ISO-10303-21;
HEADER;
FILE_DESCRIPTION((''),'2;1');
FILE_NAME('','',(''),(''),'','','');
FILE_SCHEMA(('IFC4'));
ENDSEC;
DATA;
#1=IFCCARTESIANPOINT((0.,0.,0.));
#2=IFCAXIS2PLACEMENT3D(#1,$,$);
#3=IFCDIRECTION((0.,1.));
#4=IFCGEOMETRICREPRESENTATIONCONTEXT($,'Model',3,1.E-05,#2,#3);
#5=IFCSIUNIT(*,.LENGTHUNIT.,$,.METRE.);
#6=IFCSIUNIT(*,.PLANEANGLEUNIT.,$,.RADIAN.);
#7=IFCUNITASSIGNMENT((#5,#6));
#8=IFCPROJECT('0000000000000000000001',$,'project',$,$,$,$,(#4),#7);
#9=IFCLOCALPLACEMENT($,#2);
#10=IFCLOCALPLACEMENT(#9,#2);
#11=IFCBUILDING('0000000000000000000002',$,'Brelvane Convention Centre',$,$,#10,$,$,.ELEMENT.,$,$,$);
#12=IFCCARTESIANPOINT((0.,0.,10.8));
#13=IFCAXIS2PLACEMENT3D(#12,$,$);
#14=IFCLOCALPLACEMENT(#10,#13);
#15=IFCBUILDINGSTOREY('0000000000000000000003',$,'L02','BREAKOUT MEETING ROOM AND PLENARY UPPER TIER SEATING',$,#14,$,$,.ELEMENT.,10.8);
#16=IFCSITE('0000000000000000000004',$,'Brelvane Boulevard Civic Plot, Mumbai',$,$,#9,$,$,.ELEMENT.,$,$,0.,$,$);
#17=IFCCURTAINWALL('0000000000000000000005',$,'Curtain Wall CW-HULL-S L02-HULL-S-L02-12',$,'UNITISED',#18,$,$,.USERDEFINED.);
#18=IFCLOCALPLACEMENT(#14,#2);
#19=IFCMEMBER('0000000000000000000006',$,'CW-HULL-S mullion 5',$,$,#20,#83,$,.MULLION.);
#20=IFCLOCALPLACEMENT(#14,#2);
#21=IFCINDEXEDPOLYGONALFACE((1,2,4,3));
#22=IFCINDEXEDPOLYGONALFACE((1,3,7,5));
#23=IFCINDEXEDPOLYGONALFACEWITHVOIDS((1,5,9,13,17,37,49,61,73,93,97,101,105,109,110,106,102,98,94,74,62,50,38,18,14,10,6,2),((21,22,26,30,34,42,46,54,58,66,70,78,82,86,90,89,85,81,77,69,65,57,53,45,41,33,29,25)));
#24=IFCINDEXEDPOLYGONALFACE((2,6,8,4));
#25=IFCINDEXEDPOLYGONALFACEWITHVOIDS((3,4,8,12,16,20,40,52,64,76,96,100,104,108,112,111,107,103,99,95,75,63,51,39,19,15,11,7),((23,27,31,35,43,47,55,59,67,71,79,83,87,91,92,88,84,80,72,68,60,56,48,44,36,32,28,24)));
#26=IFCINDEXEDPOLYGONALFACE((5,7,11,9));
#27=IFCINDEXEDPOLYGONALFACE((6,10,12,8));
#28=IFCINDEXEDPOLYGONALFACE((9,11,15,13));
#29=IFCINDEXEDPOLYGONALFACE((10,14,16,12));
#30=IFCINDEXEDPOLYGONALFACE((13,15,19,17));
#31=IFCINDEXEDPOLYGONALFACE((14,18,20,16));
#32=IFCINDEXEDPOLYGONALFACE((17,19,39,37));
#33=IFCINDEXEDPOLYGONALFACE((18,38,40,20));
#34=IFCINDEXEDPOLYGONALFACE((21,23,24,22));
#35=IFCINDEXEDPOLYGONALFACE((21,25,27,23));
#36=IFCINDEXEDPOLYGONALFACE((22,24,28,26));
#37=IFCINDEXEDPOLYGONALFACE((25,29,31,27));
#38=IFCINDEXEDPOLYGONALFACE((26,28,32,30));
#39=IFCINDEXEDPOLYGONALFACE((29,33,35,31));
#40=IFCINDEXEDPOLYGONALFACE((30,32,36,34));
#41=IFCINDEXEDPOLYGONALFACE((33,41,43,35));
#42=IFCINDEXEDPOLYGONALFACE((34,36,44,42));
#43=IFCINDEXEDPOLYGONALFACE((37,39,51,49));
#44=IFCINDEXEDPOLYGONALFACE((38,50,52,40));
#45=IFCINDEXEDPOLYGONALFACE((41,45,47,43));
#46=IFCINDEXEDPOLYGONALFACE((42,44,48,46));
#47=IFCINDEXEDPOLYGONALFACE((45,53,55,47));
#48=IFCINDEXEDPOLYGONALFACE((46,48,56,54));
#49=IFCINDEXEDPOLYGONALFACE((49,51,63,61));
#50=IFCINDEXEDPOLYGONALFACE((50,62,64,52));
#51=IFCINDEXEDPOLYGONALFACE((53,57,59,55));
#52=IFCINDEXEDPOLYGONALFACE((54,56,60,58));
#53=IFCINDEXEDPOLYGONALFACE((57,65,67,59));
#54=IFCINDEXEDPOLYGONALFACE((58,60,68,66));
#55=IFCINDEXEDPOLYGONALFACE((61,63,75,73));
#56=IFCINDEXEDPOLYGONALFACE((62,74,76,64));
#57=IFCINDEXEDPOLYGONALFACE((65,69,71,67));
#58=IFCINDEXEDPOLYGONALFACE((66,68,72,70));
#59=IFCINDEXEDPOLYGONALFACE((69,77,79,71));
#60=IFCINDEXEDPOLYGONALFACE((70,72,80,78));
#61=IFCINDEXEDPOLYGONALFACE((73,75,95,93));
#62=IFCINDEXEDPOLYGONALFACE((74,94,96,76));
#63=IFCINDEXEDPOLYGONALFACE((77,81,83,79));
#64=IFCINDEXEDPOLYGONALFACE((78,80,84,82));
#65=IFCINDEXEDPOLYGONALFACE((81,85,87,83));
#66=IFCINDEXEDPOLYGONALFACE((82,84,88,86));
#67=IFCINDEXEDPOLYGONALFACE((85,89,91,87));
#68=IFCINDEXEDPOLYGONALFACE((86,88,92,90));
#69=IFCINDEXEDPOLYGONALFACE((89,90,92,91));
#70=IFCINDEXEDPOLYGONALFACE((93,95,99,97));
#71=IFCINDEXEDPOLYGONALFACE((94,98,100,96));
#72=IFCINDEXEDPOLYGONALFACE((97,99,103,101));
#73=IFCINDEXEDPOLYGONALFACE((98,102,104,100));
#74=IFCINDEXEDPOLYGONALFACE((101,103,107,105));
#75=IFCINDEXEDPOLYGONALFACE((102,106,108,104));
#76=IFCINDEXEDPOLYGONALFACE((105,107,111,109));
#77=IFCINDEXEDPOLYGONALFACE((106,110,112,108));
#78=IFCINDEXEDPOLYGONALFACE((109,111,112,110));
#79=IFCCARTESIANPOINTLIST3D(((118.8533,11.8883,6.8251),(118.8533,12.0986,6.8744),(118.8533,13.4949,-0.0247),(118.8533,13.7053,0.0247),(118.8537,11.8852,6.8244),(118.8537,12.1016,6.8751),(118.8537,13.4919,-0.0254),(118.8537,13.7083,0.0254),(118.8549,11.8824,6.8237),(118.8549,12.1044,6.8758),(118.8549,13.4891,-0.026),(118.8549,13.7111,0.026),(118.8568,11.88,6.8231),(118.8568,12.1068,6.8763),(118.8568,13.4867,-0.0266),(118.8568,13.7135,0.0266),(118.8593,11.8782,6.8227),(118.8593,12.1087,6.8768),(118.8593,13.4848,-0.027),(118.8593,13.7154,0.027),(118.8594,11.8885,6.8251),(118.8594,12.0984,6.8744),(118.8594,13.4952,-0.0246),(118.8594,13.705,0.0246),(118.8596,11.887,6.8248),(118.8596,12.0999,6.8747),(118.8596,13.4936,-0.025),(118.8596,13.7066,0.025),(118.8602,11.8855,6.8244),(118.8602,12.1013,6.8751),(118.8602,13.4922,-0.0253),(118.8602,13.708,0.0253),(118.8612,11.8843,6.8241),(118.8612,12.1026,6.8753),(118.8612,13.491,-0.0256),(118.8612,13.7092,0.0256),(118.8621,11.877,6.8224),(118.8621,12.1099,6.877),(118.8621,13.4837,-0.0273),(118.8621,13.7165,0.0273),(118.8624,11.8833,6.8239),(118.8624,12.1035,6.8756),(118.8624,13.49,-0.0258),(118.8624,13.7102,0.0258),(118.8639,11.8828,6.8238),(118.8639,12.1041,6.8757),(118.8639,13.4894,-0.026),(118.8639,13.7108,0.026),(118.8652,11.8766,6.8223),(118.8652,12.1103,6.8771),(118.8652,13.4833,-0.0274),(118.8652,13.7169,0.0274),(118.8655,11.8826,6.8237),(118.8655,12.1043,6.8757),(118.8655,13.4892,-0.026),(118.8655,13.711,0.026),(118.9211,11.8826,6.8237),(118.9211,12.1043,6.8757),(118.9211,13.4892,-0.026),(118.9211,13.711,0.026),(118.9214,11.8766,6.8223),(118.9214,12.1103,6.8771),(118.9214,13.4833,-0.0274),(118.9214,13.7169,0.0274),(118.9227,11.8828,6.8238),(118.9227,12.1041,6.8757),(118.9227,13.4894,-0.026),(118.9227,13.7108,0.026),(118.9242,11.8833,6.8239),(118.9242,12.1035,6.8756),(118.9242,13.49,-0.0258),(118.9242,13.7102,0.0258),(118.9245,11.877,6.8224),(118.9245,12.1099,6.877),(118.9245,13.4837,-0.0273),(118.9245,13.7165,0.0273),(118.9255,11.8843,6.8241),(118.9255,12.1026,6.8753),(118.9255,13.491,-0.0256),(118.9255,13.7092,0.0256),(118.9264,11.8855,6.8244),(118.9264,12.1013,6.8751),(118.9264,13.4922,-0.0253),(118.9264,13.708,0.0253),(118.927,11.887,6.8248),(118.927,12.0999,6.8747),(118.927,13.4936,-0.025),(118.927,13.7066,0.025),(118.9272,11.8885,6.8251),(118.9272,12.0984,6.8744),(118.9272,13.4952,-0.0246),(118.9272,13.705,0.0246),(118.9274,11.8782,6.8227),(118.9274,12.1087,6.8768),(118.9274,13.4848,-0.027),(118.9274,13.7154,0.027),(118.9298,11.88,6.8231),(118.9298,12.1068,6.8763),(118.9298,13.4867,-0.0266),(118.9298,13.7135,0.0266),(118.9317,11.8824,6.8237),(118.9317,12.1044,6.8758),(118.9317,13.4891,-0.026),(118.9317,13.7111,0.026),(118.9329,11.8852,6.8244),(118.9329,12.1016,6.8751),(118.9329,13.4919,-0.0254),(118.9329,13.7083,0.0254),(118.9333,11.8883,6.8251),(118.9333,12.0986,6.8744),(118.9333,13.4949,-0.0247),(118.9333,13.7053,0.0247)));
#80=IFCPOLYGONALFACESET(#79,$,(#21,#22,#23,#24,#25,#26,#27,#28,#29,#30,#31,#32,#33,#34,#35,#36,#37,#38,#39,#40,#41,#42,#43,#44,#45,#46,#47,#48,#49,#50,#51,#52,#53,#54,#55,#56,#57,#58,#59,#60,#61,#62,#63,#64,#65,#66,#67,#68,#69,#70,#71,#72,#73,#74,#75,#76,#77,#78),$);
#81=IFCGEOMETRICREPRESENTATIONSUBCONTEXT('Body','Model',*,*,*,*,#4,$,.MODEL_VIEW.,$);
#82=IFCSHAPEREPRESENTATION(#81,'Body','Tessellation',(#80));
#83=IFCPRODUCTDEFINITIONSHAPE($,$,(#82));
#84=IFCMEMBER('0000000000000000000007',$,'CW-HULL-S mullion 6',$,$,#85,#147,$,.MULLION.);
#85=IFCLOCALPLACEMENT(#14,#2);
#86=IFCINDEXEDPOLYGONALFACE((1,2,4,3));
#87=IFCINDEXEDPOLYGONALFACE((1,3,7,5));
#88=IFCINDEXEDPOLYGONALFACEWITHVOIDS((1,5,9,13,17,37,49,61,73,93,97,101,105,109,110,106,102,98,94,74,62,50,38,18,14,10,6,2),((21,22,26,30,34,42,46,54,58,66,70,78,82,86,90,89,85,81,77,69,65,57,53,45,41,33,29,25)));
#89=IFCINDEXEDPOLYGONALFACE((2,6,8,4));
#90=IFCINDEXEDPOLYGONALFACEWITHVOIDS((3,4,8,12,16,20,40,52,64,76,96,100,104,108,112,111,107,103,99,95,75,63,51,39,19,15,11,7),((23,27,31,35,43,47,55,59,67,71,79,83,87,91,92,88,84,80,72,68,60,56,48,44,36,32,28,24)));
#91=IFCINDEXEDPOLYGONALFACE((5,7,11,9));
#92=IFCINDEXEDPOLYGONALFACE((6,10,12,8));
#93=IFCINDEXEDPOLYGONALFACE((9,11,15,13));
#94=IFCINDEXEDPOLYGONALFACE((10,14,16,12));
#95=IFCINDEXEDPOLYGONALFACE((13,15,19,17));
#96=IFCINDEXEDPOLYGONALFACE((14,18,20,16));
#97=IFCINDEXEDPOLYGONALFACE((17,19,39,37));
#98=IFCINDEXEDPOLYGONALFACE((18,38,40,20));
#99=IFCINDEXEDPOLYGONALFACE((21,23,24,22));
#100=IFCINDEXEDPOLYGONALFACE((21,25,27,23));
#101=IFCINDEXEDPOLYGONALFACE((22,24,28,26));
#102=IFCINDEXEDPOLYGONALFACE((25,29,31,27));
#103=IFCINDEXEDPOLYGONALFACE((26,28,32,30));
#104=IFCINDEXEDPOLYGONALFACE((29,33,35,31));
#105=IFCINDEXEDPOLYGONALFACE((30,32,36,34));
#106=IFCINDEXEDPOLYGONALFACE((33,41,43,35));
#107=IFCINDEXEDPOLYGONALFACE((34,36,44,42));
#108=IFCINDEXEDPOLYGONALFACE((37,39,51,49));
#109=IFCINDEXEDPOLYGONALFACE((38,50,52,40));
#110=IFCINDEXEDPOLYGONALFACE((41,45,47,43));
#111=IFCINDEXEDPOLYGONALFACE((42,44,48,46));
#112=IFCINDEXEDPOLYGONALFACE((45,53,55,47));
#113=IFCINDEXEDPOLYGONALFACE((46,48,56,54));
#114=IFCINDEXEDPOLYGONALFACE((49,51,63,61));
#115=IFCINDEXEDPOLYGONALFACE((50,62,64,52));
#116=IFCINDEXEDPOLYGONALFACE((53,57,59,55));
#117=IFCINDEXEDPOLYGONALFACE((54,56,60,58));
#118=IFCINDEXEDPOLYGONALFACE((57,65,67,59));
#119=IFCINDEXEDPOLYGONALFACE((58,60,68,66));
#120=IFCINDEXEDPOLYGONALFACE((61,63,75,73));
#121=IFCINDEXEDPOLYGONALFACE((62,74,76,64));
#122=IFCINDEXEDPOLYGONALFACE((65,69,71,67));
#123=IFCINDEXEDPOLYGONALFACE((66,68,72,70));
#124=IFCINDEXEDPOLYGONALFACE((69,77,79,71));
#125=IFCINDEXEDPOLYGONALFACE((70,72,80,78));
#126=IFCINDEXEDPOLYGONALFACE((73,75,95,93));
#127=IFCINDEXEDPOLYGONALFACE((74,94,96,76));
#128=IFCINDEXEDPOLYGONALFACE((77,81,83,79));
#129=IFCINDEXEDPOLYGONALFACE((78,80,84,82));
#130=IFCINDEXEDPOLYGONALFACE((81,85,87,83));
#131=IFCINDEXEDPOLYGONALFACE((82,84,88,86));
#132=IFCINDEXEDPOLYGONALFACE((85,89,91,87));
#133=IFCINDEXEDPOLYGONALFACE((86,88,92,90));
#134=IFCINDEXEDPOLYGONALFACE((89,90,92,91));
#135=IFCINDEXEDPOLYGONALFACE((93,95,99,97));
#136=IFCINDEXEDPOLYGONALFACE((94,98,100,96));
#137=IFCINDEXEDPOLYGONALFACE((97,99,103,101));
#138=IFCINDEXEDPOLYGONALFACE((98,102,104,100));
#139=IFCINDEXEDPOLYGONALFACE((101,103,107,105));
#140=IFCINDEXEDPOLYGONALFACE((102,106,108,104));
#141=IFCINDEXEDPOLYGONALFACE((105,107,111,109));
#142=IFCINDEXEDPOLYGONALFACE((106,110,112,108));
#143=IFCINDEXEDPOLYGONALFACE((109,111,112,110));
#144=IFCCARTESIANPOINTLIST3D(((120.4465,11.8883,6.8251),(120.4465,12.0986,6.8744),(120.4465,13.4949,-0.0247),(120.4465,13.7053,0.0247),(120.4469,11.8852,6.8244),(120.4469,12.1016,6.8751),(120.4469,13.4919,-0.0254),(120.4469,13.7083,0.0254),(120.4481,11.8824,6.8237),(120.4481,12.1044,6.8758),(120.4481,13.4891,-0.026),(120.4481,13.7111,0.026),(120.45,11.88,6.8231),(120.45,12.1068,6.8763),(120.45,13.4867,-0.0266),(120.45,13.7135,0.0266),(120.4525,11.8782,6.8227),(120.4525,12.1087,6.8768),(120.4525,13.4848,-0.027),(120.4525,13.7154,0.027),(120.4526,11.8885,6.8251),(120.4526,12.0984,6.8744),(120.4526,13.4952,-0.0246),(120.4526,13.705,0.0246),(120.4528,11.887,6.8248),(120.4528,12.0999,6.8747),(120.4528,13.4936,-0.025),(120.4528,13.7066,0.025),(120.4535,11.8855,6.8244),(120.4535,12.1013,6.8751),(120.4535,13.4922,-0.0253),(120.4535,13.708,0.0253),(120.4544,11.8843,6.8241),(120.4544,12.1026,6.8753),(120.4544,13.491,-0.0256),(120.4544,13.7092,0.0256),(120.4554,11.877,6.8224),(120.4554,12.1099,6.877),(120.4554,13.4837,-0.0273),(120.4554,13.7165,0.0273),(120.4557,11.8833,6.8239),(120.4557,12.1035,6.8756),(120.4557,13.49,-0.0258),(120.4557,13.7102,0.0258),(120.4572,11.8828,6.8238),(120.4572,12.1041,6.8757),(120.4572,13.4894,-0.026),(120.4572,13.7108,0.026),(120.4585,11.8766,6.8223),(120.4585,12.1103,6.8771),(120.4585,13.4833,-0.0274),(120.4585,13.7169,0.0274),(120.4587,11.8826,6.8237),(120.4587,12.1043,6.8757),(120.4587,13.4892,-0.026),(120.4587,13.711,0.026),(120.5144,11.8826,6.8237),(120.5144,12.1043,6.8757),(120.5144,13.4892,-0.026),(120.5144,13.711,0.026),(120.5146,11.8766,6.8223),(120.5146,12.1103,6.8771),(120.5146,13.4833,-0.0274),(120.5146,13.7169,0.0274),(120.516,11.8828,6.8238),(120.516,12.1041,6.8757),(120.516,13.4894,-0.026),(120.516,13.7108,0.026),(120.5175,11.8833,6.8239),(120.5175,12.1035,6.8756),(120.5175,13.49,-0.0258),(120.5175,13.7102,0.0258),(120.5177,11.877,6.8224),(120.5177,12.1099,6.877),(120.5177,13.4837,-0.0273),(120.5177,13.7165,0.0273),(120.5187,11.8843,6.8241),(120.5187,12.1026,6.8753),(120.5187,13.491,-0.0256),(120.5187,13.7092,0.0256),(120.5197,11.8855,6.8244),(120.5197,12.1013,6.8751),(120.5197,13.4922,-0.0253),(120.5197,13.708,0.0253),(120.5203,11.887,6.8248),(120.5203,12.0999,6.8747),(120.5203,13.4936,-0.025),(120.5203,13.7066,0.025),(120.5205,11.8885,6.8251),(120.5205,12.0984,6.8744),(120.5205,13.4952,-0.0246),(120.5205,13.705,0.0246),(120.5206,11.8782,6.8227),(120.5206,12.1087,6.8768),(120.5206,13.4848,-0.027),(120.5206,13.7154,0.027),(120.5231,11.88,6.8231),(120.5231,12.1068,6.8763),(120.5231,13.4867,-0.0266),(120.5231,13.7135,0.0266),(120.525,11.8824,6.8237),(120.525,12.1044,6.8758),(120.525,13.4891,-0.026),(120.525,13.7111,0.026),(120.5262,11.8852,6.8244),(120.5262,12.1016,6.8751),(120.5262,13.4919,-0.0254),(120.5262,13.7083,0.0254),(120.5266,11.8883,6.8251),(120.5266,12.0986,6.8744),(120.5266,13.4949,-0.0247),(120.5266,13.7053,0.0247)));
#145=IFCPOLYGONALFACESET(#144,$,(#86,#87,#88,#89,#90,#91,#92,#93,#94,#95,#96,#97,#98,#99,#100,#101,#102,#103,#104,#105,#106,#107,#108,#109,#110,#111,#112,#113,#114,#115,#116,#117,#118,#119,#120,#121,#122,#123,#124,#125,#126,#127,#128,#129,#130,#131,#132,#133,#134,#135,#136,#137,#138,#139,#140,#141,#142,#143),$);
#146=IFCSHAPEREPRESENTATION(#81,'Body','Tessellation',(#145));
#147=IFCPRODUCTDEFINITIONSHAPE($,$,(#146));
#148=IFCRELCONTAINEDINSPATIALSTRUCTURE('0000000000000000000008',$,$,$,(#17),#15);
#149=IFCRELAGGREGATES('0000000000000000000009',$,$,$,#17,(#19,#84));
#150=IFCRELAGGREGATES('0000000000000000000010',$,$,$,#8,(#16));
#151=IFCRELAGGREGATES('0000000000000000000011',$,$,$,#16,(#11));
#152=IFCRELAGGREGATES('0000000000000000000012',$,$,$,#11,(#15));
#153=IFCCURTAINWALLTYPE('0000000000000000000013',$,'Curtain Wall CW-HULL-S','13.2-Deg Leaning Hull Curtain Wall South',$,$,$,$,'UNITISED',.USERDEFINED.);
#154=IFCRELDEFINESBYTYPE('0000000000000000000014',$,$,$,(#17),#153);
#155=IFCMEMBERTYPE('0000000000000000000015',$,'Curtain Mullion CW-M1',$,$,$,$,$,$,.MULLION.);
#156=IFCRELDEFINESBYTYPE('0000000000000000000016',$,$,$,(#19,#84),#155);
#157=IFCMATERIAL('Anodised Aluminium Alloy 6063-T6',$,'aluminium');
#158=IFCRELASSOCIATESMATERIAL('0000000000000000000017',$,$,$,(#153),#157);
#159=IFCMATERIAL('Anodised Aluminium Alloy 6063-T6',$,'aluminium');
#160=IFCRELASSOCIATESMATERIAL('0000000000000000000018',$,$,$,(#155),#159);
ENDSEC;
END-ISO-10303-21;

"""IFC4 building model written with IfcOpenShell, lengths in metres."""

from ifc_helpers import new_model, si_unit, direction, frame, origin, origin_2d, place, context, subcontext, project, spatial, hollow_rectangle, extrude, material, material_profile, profile_set, type_object, element, aggregate, save


model = new_model("IFC4")

# Units and contexts
model_context = context("Model", 3, precision=1e-05, world=origin(), true_north=direction((0.0, 1.0)))
body_context = subcontext(model_context, "Body", "Model", "MODEL_VIEW")
ifc_project = project(units=[si_unit("LENGTHUNIT", "METRE"), si_unit("PLANEANGLEUNIT", "RADIAN")], contexts=[model_context])

# Site, building, storey
site_placement = place(None, origin())
site = spatial("IfcSite", under=ifc_project, at=site_placement, Name="Brelvane Boulevard Civic Plot, Mumbai", CompositionType="ELEMENT", RefElevation=0.0)
building_placement = place(site_placement, origin())
building = spatial("IfcBuilding", under=site, at=building_placement, Name="Brelvane Convention Centre", CompositionType="ELEMENT")
storey_placement = place(building_placement, frame((0.0, 0.0, 10.8)))
storey = spatial("IfcBuildingStorey", under=building, at=storey_placement, Name="L02", Description="BREAKOUT MEETING ROOM AND PLENARY UPPER TIER SEATING", CompositionType="ELEMENT", Elevation=10.8)

# Curtain wall, members
ifc_material_1 = material(Name="Anodised Aluminium Alloy 6063-T6", Category="aluminium")
curtain_wall_type = type_object("IfcCurtainWallType", Name="Curtain Wall CW-HULL-S", Description="13.2-Deg Leaning Hull Curtain Wall South", ElementType="UNITISED", PredefinedType="USERDEFINED", material=ifc_material_1)
curtain_wall_1_placement = place(storey_placement, origin())
curtain_wall_1 = element("IfcCurtainWall", 1, at=curtain_wall_1_placement, inside=storey, type_object=curtain_wall_type, Name="Curtain Wall CW-HULL-S L02-HULL-S-L02-12", ObjectType="UNITISED", PredefinedType="USERDEFINED")
ifc_material_2 = material(Name="Anodised Aluminium Alloy 6063-T6", Category="aluminium")
ifc_material_profile_1 = material_profile(ifc_material_2, hollow_rectangle(XDim=0.0801, YDim=0.24, WallThickness=0.0061, InnerFilletRadius=0.0061, OuterFilletRadius=0.012, at=origin_2d()), Name="ALU-M 240x80x6.0")
ifc_profile_set_1 = profile_set([ifc_material_profile_1], Name="Anodised Aluminium Alloy 6063-T6")
member_type_1 = type_object("IfcMemberType", Name="Curtain Mullion CW-M1", PredefinedType="MULLION", material=ifc_profile_set_1)
member_1_placement = place(storey_placement, frame((118.8933, 13.6001, 0.0), z_axis=(0.0, -0.22836, 0.973577), x_axis=(1.0, 0.0, 0.0)))
member_1 = element("IfcMember", 2, at=member_1_placement, type_object=member_type_1, Name="CW-HULL-S mullion 5", PredefinedType="MULLION", context=body_context, shape_type="SweptSolid", body=[
    extrude(hollow_rectangle(XDim=0.0801, YDim=0.24, WallThickness=0.0061, InnerFilletRadius=0.0061, OuterFilletRadius=0.012, at=origin_2d()), origin(), (0.0, 0.0, 1.0), 7.0356),
])
member_2_placement = place(storey_placement, frame((120.4866, 13.6001, 0.0), z_axis=(0.0, -0.22836, 0.973577), x_axis=(1.0, 0.0, 0.0)))
member_2 = element("IfcMember", 3, at=member_2_placement, type_object=member_type_1, Name="CW-HULL-S mullion 6", PredefinedType="MULLION", context=body_context, shape_type="SweptSolid", body=[
    extrude(hollow_rectangle(XDim=0.0801, YDim=0.24, WallThickness=0.0061, InnerFilletRadius=0.0061, OuterFilletRadius=0.012, at=origin_2d()), origin(), (0.0, 0.0, 1.0), 7.0356),
])

aggregate(curtain_wall_1, [member_1, member_2])

save(model, "model.ifc")
